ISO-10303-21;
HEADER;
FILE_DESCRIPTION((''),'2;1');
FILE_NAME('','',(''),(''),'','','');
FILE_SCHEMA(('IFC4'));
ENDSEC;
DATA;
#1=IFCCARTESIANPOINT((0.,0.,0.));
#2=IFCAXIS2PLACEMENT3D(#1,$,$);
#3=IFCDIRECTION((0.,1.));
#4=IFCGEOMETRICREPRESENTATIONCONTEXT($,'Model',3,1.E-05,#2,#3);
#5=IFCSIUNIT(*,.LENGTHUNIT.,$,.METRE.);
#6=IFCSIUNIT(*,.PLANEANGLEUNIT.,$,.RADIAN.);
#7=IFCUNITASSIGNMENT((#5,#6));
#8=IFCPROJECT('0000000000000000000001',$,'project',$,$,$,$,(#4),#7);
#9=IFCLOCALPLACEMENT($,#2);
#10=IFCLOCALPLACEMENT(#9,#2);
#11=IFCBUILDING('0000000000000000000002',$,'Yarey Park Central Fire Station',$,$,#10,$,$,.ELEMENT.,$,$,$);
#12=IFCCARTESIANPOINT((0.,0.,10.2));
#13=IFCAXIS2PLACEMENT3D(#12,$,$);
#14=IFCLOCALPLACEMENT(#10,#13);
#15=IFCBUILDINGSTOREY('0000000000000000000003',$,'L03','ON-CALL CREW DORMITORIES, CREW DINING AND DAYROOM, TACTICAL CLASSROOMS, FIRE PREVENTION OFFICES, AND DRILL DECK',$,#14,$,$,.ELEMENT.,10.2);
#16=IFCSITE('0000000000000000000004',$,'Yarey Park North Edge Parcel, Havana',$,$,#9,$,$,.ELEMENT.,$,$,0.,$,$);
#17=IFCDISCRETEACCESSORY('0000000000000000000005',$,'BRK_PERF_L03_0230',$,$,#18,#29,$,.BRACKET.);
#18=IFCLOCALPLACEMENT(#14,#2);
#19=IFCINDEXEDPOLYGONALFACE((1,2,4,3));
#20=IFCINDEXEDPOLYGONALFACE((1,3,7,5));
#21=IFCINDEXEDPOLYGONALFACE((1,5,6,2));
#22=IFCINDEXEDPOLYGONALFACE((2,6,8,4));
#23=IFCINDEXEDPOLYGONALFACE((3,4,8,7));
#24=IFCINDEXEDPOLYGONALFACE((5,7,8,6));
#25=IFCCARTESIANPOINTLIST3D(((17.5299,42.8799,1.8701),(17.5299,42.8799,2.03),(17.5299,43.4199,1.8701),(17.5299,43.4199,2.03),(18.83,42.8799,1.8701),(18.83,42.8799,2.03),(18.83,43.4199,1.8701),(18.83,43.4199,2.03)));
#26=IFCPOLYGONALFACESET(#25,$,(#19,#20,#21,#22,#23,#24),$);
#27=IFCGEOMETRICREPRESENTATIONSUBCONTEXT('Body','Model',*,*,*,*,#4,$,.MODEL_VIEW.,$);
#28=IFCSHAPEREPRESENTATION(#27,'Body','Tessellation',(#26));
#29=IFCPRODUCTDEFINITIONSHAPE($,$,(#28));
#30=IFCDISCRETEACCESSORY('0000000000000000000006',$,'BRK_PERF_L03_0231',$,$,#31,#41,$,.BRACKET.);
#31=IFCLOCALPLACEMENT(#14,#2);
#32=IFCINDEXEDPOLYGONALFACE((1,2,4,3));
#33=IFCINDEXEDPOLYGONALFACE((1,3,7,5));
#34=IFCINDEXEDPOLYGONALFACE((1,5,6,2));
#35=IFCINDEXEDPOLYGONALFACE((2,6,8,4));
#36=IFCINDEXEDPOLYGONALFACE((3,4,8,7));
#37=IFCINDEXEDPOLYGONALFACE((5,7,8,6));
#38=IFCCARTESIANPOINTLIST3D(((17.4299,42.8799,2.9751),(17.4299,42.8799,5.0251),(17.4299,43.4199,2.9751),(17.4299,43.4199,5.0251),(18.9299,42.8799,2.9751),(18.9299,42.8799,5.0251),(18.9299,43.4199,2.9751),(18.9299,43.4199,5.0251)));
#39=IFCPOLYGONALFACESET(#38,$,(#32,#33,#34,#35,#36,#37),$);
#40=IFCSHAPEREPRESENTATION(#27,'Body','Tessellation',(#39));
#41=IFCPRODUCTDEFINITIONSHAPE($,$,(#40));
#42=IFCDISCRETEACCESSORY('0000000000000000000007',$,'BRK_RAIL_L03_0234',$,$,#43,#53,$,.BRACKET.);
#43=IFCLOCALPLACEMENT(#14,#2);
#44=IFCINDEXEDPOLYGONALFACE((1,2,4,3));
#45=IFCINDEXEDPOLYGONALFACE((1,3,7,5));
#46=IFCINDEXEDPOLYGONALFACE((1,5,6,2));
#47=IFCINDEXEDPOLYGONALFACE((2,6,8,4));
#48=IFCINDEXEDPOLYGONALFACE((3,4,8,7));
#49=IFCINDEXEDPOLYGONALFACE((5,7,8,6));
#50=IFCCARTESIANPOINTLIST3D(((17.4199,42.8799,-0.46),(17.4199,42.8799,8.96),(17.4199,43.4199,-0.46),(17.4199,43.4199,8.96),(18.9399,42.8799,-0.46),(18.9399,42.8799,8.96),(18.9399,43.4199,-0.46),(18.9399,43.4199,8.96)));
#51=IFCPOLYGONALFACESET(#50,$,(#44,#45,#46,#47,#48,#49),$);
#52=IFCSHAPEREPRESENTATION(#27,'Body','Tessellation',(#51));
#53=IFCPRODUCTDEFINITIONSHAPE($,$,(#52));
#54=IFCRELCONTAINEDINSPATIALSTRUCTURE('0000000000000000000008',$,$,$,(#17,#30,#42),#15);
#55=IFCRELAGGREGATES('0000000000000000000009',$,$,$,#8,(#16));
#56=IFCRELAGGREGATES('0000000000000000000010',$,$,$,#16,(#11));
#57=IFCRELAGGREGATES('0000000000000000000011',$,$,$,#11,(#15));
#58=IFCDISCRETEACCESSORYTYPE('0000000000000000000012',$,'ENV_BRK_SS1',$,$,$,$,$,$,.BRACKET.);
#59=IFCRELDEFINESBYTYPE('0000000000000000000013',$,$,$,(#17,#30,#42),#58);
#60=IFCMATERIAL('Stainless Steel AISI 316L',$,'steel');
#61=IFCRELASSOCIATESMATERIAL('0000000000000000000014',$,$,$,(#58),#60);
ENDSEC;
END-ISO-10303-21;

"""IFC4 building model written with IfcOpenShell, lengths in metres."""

from ifc_helpers import new_model, si_unit, direction, frame, origin, origin_2d, place, context, subcontext, project, spatial, rectangle, extrude, material, type_object, element, save


model = new_model("IFC4")

# Units and contexts
model_context = context("Model", 3, precision=1e-05, world=origin(), true_north=direction((0.0, 1.0)))
body_context = subcontext(model_context, "Body", "Model", "MODEL_VIEW")
ifc_project = project(units=[si_unit("LENGTHUNIT", "METRE"), si_unit("PLANEANGLEUNIT", "RADIAN")], contexts=[model_context])

# Site, building, storey
site_placement = place(None, origin())
site = spatial("IfcSite", under=ifc_project, at=site_placement, Name="Yarey Park North Edge Parcel, Havana", CompositionType="ELEMENT", RefElevation=0.0)
building_placement = place(site_placement, origin())
building = spatial("IfcBuilding", under=site, at=building_placement, Name="Yarey Park Central Fire Station", CompositionType="ELEMENT")
storey_placement = place(building_placement, frame((0.0, 0.0, 10.2)))
storey = spatial("IfcBuildingStorey", under=building, at=storey_placement, Name="L03", Description="ON-CALL CREW DORMITORIES, CREW DINING AND DAYROOM, TACTICAL CLASSROOMS, FIRE PREVENTION OFFICES, AND DRILL DECK", CompositionType="ELEMENT", Elevation=10.2)

# Discrete accessories
ifc_material_1 = material(Name="Stainless Steel AISI 316L", Category="steel")
discrete_accessory_type = type_object("IfcDiscreteAccessoryType", Name="ENV_BRK_SS1", PredefinedType="BRACKET", material=ifc_material_1)
discrete_accessory_1_placement = place(storey_placement, frame((18.1799, 43.1499, 1.8701), z_axis=(0.0, 0.0, 1.0), x_axis=(1.0, 0.0, 0.0)))
element("IfcDiscreteAccessory", 1, at=discrete_accessory_1_placement, inside=storey, type_object=discrete_accessory_type, Name="BRK_PERF_L03_0230", PredefinedType="BRACKET", context=body_context, shape_type="SweptSolid", body=[
    extrude(rectangle(XDim=1.3, YDim=0.54, at=origin_2d()), origin(), (0.0, 0.0, 1.0), 0.1599),
])
discrete_accessory_2_placement = place(storey_placement, frame((18.1799, 43.1499, 2.9751), z_axis=(0.0, 0.0, 1.0), x_axis=(1.0, 0.0, 0.0)))
element("IfcDiscreteAccessory", 2, at=discrete_accessory_2_placement, inside=storey, type_object=discrete_accessory_type, Name="BRK_PERF_L03_0231", PredefinedType="BRACKET", context=body_context, shape_type="SweptSolid", body=[
    extrude(rectangle(XDim=1.5, YDim=0.54, at=origin_2d()), origin(), (0.0, 0.0, 1.0), 2.05),
])
discrete_accessory_3_placement = place(storey_placement, frame((18.1799, 43.1499, -0.46), z_axis=(0.0, 0.0, 1.0), x_axis=(1.0, 0.0, 0.0)))
element("IfcDiscreteAccessory", 3, at=discrete_accessory_3_placement, inside=storey, type_object=discrete_accessory_type, Name="BRK_RAIL_L03_0234", PredefinedType="BRACKET", context=body_context, shape_type="SweptSolid", body=[
    extrude(rectangle(XDim=1.52, YDim=0.54, at=origin_2d()), origin(), (0.0, 0.0, 1.0), 9.4199),
])

save(model, "model.ifc")
